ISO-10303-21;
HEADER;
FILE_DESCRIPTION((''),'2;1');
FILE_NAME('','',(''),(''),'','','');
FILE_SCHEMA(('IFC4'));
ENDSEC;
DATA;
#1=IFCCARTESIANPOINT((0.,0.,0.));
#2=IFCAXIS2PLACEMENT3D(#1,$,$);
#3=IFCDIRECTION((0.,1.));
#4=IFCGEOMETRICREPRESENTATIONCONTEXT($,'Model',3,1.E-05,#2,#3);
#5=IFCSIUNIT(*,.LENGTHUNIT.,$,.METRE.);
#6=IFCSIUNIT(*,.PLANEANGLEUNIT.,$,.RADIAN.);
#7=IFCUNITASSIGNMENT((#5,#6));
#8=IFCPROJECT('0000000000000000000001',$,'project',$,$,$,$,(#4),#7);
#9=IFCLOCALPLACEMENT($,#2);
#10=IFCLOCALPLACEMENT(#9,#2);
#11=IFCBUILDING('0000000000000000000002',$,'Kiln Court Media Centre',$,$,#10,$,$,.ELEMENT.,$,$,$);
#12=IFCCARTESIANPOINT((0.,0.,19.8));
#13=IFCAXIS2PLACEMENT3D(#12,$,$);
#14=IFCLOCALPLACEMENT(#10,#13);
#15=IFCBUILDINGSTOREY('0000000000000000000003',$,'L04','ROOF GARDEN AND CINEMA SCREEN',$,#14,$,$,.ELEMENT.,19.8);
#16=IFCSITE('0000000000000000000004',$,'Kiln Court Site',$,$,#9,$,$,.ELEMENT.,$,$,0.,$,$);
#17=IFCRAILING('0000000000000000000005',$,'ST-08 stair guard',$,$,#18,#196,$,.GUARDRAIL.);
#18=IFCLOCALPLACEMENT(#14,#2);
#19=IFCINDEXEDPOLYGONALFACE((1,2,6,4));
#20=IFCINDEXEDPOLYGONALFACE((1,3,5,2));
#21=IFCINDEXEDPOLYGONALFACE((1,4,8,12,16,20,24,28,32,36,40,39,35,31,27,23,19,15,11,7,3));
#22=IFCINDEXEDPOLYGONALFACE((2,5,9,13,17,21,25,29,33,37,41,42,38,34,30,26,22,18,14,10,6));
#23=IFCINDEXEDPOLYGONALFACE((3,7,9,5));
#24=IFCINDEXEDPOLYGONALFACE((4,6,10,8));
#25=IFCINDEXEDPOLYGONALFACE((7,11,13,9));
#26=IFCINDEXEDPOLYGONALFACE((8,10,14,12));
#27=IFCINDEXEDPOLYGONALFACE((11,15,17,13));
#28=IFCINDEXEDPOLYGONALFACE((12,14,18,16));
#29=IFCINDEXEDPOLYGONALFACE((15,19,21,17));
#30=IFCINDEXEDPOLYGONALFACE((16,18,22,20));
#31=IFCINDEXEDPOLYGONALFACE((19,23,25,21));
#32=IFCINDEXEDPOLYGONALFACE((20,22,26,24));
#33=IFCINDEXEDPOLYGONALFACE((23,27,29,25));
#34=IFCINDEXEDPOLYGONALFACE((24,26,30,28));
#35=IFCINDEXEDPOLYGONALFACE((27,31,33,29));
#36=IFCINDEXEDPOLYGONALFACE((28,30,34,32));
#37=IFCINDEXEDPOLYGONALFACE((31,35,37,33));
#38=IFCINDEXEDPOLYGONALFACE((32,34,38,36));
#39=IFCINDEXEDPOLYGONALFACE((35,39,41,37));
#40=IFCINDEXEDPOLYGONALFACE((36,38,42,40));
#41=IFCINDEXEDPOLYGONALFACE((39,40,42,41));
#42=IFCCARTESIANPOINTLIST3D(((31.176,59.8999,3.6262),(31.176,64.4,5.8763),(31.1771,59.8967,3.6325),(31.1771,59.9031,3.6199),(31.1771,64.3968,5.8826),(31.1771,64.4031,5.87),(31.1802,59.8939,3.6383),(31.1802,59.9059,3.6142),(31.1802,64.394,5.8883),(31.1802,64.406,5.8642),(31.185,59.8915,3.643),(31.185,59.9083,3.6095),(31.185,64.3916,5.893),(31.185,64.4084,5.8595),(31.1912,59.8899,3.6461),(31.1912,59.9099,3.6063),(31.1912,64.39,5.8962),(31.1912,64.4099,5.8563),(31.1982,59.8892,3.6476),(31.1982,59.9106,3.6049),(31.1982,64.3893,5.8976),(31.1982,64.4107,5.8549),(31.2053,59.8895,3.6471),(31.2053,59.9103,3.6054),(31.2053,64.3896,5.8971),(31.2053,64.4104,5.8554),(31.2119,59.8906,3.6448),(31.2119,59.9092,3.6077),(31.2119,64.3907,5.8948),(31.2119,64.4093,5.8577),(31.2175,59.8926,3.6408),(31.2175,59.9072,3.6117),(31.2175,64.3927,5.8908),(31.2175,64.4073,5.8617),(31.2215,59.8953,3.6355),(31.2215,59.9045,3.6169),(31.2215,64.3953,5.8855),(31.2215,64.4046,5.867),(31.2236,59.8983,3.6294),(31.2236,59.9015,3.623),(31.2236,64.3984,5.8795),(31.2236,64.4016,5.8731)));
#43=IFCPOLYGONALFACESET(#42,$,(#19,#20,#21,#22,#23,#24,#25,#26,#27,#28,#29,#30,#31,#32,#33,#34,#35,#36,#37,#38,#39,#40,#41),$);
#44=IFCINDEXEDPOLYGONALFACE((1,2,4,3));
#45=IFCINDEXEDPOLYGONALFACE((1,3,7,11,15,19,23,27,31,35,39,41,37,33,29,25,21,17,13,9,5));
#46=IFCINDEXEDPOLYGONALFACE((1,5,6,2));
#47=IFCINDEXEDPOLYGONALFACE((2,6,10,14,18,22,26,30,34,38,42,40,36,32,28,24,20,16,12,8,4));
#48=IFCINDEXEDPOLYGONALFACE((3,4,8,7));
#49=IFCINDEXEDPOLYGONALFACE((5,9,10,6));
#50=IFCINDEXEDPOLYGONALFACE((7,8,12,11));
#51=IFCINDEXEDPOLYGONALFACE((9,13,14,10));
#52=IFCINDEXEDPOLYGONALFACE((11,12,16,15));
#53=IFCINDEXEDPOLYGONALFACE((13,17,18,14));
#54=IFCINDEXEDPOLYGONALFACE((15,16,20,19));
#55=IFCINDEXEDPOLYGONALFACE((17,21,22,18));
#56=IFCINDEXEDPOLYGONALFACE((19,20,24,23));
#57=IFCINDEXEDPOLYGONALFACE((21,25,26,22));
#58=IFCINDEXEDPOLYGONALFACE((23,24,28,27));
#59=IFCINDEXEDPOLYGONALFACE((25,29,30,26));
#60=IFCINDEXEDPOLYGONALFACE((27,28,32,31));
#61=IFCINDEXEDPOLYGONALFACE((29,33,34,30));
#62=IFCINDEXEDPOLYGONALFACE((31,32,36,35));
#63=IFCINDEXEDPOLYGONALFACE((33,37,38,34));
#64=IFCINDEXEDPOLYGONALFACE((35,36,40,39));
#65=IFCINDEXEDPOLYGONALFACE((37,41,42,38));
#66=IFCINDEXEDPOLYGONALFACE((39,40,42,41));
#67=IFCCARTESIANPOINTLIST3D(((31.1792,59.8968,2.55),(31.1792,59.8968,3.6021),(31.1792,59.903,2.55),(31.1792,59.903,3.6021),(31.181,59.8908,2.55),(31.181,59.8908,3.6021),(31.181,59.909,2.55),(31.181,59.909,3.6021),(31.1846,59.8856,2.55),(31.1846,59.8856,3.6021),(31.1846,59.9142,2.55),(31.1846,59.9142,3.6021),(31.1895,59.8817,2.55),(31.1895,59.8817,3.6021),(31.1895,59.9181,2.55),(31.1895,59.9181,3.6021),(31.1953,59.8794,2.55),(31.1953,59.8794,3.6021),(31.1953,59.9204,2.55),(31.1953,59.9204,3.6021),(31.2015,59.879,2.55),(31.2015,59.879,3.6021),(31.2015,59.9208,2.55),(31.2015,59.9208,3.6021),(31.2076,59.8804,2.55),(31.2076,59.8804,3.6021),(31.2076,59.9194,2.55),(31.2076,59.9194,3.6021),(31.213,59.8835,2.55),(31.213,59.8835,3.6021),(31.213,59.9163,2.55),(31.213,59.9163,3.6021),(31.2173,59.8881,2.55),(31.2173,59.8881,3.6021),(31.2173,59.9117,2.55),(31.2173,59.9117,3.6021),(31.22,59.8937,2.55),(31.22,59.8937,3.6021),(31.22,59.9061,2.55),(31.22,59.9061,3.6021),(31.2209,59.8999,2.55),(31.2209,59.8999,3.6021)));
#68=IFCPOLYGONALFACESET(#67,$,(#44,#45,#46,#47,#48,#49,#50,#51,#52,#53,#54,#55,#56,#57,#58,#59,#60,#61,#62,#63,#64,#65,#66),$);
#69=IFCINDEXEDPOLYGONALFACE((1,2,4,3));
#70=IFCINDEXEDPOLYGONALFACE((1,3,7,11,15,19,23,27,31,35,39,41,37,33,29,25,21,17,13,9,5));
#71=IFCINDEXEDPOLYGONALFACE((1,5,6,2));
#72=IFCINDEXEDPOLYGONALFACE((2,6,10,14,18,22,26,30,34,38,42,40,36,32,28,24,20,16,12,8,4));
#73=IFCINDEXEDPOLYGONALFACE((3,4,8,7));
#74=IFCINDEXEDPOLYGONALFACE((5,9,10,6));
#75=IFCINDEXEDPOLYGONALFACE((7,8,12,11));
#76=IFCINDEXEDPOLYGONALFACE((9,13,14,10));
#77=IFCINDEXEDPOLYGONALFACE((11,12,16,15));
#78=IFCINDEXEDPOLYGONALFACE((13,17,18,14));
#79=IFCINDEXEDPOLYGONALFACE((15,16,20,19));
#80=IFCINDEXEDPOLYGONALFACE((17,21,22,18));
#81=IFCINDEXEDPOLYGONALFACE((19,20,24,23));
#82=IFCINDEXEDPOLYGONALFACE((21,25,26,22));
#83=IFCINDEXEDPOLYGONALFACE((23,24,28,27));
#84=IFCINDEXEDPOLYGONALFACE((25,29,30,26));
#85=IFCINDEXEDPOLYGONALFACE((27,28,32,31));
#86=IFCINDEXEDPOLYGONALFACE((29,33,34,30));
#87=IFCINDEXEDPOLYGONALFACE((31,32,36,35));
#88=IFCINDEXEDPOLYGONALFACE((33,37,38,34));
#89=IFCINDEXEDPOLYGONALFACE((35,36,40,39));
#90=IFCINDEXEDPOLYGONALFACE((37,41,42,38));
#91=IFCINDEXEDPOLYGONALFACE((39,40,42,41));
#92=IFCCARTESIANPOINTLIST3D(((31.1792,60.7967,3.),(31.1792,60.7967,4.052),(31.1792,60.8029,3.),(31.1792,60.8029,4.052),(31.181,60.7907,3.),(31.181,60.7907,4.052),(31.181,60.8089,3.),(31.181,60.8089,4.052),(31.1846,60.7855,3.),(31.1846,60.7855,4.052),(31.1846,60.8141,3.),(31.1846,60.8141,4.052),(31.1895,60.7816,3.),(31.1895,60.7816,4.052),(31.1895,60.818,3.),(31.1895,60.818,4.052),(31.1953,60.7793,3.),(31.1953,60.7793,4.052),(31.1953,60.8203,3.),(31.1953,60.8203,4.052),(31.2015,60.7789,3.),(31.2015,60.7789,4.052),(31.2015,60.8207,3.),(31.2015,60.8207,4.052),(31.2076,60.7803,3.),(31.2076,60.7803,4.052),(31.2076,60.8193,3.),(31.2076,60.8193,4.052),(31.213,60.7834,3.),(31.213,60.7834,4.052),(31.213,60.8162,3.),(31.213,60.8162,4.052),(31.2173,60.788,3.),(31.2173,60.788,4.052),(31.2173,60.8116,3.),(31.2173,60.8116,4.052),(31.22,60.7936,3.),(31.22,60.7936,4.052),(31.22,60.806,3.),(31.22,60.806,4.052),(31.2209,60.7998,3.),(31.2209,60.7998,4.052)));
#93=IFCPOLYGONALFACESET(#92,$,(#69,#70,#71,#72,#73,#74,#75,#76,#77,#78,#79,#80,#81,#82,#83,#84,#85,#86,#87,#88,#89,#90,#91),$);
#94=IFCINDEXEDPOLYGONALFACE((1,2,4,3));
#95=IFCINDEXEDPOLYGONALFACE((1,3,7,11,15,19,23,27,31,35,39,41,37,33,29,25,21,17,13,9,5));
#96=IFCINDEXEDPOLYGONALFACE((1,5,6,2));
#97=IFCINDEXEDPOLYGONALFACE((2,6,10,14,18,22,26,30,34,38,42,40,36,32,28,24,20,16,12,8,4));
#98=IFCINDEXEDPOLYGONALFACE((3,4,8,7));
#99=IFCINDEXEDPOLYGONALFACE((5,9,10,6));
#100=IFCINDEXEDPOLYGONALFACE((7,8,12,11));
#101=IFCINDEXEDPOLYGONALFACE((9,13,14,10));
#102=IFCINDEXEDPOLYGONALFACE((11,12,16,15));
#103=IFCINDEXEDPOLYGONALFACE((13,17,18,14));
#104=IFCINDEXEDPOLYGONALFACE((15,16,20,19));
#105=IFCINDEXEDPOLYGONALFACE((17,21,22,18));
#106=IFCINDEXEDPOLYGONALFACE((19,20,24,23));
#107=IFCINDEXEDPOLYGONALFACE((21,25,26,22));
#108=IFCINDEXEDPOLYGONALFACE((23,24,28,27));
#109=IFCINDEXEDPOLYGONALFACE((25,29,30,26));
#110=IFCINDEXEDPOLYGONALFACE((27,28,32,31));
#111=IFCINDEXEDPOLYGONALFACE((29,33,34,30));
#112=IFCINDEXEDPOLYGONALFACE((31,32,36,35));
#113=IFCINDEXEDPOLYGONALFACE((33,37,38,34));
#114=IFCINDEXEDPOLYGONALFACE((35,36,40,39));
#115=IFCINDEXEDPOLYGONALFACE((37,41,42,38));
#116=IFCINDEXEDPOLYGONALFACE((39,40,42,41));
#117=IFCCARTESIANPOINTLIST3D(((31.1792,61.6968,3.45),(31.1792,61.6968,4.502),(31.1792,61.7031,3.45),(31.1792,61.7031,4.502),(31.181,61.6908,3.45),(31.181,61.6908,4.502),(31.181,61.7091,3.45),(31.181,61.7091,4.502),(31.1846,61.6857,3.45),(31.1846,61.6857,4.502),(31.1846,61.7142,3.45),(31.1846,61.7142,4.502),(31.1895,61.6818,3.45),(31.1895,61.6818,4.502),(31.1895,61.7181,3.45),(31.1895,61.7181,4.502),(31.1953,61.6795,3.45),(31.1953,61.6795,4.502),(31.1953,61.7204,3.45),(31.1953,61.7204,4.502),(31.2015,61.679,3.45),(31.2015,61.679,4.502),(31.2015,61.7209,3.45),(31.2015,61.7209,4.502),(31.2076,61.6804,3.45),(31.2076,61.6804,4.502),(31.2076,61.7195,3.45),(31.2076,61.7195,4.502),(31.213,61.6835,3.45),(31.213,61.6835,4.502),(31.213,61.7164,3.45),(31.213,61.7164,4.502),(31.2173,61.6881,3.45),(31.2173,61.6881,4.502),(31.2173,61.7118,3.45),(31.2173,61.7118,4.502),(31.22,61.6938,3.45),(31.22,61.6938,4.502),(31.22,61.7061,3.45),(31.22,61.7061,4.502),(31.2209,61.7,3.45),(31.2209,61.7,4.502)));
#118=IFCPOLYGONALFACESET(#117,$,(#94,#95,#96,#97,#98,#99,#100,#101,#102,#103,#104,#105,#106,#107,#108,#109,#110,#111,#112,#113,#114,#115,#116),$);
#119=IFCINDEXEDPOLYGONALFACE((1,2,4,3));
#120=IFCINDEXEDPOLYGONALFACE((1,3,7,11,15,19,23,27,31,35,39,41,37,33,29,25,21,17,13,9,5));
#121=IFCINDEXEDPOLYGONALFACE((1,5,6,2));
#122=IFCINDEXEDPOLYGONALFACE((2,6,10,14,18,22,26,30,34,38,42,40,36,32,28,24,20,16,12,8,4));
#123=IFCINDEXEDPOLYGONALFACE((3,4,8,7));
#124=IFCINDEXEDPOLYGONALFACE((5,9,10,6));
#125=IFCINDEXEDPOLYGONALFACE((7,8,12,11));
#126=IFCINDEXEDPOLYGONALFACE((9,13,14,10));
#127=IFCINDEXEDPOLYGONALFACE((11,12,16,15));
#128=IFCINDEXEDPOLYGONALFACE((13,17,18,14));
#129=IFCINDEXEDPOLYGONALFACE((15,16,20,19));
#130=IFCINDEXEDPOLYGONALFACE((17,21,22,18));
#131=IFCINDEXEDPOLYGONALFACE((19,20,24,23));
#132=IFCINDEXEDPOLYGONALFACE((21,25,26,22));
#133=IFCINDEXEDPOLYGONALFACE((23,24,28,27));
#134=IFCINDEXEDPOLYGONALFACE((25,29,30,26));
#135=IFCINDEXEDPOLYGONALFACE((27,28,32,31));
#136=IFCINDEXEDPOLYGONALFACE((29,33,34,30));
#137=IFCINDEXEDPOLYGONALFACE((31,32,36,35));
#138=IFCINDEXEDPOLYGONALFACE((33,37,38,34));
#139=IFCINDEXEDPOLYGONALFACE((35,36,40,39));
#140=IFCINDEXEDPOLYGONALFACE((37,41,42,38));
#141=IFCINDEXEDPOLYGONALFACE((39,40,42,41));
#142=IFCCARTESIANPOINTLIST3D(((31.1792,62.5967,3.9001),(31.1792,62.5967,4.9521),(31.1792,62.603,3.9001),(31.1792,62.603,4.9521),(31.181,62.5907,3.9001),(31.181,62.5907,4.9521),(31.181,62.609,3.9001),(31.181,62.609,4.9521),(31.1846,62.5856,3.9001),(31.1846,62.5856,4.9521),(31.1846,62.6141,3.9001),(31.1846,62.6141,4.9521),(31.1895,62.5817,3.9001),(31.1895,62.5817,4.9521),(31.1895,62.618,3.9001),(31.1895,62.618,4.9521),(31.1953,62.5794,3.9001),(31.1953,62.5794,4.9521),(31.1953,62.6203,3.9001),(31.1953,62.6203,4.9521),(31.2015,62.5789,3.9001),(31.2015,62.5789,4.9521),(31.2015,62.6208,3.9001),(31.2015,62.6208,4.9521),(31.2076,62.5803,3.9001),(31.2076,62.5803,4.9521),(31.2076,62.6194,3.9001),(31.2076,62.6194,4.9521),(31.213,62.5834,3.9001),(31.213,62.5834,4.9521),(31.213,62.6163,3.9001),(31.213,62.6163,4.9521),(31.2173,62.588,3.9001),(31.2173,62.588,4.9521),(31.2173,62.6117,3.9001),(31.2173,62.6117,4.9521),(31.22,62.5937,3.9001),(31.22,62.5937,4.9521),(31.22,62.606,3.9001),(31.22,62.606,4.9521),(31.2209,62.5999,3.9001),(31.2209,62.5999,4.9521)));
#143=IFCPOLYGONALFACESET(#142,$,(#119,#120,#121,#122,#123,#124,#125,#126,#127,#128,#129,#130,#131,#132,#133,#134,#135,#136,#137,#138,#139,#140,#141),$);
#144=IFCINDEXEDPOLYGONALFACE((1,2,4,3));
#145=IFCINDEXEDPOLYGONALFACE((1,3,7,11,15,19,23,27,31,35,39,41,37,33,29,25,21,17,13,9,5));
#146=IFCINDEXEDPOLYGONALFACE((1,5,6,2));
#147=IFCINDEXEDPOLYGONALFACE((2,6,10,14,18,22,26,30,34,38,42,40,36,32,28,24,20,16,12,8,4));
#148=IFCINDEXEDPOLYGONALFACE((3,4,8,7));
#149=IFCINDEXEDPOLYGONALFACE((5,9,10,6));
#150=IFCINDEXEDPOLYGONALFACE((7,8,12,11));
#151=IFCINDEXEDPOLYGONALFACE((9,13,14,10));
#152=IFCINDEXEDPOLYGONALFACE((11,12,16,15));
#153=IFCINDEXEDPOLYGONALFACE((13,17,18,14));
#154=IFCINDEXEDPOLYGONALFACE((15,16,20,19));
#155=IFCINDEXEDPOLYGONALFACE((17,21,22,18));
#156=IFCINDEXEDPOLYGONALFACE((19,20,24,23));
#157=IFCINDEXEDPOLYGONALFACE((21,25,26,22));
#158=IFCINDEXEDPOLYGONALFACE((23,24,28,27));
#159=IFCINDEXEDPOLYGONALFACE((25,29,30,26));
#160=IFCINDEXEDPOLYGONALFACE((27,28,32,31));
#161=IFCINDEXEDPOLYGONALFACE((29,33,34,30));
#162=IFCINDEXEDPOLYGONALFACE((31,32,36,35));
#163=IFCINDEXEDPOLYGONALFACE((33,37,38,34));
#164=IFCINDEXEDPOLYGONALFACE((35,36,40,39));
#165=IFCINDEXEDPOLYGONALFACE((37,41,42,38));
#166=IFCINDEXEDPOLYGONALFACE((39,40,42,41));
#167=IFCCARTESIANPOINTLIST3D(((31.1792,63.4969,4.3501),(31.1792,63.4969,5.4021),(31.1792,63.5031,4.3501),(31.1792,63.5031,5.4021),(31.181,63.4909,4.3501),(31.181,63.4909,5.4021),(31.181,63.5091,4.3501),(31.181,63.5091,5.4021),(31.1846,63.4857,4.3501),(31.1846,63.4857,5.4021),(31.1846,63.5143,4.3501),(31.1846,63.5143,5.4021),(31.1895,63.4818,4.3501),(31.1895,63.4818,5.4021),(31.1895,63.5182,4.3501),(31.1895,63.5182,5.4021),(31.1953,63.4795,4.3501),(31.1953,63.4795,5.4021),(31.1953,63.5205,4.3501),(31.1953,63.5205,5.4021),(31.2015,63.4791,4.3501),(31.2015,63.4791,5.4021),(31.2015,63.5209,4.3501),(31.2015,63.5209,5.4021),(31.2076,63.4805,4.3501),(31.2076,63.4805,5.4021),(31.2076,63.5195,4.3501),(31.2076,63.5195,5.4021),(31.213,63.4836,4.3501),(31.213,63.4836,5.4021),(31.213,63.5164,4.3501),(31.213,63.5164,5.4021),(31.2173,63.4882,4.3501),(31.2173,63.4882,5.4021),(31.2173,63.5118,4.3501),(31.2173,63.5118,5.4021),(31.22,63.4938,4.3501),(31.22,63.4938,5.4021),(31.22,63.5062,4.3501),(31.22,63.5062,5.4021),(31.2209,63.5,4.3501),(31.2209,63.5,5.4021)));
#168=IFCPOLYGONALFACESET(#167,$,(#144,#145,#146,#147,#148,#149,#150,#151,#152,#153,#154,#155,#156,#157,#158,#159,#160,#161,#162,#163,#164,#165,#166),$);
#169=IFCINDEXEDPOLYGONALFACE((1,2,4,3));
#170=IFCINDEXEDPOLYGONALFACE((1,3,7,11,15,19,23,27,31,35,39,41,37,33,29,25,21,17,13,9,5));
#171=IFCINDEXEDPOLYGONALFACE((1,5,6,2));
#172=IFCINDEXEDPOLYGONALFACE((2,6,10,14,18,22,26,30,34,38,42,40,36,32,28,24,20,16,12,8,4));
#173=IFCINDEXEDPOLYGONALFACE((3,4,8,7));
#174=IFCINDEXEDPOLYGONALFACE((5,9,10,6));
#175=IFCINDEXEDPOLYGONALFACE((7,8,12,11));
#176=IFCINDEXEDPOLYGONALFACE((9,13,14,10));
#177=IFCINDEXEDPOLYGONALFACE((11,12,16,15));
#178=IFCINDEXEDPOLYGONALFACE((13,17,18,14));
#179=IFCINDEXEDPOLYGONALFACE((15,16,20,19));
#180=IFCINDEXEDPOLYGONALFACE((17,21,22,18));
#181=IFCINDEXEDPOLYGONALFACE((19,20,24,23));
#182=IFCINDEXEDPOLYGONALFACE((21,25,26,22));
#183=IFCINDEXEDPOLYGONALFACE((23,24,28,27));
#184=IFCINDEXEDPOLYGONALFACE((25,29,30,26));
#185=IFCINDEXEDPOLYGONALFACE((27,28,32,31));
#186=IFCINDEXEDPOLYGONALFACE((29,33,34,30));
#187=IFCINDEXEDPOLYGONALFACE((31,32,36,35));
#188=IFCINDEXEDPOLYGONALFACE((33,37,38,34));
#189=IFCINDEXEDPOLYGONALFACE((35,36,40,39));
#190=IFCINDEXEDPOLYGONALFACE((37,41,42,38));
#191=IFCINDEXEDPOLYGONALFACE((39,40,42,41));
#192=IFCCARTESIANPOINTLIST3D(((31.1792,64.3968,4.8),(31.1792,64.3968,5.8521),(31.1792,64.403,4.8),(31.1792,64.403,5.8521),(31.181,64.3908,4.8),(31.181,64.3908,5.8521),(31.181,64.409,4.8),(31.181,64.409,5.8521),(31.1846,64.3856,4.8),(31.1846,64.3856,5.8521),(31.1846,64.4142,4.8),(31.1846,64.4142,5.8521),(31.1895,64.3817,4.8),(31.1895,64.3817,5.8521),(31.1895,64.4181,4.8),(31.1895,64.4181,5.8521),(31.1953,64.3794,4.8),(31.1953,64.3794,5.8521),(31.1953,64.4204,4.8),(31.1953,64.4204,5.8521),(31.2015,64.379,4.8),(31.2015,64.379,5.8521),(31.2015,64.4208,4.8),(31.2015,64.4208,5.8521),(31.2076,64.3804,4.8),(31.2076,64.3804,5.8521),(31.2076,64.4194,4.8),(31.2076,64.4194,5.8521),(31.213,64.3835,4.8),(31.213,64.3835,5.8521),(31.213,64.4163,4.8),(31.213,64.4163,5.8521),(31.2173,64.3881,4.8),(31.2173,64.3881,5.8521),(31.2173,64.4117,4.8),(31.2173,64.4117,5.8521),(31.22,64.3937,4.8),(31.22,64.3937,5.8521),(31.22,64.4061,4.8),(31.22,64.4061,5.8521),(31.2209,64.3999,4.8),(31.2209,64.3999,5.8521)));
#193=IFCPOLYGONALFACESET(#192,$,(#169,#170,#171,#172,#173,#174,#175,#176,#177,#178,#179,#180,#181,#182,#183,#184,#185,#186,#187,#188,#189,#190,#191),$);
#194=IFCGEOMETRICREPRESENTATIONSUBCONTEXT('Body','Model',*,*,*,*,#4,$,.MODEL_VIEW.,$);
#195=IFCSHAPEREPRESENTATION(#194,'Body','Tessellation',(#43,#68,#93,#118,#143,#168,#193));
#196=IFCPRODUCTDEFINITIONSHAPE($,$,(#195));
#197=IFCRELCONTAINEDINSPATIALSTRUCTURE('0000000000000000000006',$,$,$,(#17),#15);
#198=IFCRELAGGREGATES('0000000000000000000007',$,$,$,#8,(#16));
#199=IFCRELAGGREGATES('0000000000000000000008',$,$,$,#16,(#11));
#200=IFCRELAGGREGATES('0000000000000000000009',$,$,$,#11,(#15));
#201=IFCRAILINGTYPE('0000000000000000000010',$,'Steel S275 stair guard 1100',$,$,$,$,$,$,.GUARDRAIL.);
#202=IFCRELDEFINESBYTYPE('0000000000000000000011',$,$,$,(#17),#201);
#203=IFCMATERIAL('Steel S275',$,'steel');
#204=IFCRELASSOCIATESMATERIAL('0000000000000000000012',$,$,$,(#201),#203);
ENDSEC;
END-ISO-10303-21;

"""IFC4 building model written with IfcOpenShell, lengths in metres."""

from ifc_helpers import new_model, si_unit, direction, frame, origin, origin_2d, place, context, subcontext, project, spatial, circle, extrude, material, type_object, element, save


model = new_model("IFC4")

# Units and contexts
model_context = context("Model", 3, precision=1e-05, world=origin(), true_north=direction((0.0, 1.0)))
body_context = subcontext(model_context, "Body", "Model", "MODEL_VIEW")
ifc_project = project(units=[si_unit("LENGTHUNIT", "METRE"), si_unit("PLANEANGLEUNIT", "RADIAN")], contexts=[model_context])

# Site, building, storey
site_placement = place(None, origin())
site = spatial("IfcSite", under=ifc_project, at=site_placement, Name="Kiln Court Site", CompositionType="ELEMENT", RefElevation=0.0)
building_placement = place(site_placement, origin())
building = spatial("IfcBuilding", under=site, at=building_placement, Name="Kiln Court Media Centre", CompositionType="ELEMENT")
storey_placement = place(building_placement, frame((0.0, 0.0, 19.8)))
storey = spatial("IfcBuildingStorey", under=building, at=storey_placement, Name="L04", Description="ROOF GARDEN AND CINEMA SCREEN", CompositionType="ELEMENT", Elevation=19.8)

# Railing
ifc_material_1 = material(Name="Steel S275", Category="steel")
railing_type_1 = type_object("IfcRailingType", Name="Steel S275 stair guard 1100", PredefinedType="GUARDRAIL", material=ifc_material_1)
railing_1_placement = place(storey_placement, frame((31.2, 59.8999, 2.55)))
element("IfcRailing", 1, at=railing_1_placement, inside=storey, type_object=railing_type_1, Name="ST-08 stair guard", PredefinedType="GUARDRAIL", context=body_context, shape_type="SweptSolid", body=[
    extrude(circle(Radius=0.0239, at=origin_2d()), frame((0.0, 0.0, 1.0762), z_axis=(0.0, 0.894427, 0.447214), x_axis=(-1.0, 0.0, 0.0)), (0.0, 0.0, 1.0), 5.0312),
    extrude(circle(Radius=0.021, at=origin_2d()), origin(), (0.0, 0.0, 1.0), 1.052),
    extrude(circle(Radius=0.021, at=origin_2d()), frame((0.0, 0.8999, 0.45)), (0.0, 0.0, 1.0), 1.052),
    extrude(circle(Radius=0.021, at=origin_2d()), frame((0.0, 1.8, 0.8999)), (0.0, 0.0, 1.0), 1.052),
    extrude(circle(Radius=0.021, at=origin_2d()), frame((0.0, 2.7, 1.3501)), (0.0, 0.0, 1.0), 1.052),
    extrude(circle(Radius=0.021, at=origin_2d()), frame((0.0, 3.6001, 1.8)), (0.0, 0.0, 1.0), 1.052),
    extrude(circle(Radius=0.021, at=origin_2d()), frame((0.0, 4.5, 2.25)), (0.0, 0.0, 1.0), 1.052),
])

save(model, "model.ifc")
